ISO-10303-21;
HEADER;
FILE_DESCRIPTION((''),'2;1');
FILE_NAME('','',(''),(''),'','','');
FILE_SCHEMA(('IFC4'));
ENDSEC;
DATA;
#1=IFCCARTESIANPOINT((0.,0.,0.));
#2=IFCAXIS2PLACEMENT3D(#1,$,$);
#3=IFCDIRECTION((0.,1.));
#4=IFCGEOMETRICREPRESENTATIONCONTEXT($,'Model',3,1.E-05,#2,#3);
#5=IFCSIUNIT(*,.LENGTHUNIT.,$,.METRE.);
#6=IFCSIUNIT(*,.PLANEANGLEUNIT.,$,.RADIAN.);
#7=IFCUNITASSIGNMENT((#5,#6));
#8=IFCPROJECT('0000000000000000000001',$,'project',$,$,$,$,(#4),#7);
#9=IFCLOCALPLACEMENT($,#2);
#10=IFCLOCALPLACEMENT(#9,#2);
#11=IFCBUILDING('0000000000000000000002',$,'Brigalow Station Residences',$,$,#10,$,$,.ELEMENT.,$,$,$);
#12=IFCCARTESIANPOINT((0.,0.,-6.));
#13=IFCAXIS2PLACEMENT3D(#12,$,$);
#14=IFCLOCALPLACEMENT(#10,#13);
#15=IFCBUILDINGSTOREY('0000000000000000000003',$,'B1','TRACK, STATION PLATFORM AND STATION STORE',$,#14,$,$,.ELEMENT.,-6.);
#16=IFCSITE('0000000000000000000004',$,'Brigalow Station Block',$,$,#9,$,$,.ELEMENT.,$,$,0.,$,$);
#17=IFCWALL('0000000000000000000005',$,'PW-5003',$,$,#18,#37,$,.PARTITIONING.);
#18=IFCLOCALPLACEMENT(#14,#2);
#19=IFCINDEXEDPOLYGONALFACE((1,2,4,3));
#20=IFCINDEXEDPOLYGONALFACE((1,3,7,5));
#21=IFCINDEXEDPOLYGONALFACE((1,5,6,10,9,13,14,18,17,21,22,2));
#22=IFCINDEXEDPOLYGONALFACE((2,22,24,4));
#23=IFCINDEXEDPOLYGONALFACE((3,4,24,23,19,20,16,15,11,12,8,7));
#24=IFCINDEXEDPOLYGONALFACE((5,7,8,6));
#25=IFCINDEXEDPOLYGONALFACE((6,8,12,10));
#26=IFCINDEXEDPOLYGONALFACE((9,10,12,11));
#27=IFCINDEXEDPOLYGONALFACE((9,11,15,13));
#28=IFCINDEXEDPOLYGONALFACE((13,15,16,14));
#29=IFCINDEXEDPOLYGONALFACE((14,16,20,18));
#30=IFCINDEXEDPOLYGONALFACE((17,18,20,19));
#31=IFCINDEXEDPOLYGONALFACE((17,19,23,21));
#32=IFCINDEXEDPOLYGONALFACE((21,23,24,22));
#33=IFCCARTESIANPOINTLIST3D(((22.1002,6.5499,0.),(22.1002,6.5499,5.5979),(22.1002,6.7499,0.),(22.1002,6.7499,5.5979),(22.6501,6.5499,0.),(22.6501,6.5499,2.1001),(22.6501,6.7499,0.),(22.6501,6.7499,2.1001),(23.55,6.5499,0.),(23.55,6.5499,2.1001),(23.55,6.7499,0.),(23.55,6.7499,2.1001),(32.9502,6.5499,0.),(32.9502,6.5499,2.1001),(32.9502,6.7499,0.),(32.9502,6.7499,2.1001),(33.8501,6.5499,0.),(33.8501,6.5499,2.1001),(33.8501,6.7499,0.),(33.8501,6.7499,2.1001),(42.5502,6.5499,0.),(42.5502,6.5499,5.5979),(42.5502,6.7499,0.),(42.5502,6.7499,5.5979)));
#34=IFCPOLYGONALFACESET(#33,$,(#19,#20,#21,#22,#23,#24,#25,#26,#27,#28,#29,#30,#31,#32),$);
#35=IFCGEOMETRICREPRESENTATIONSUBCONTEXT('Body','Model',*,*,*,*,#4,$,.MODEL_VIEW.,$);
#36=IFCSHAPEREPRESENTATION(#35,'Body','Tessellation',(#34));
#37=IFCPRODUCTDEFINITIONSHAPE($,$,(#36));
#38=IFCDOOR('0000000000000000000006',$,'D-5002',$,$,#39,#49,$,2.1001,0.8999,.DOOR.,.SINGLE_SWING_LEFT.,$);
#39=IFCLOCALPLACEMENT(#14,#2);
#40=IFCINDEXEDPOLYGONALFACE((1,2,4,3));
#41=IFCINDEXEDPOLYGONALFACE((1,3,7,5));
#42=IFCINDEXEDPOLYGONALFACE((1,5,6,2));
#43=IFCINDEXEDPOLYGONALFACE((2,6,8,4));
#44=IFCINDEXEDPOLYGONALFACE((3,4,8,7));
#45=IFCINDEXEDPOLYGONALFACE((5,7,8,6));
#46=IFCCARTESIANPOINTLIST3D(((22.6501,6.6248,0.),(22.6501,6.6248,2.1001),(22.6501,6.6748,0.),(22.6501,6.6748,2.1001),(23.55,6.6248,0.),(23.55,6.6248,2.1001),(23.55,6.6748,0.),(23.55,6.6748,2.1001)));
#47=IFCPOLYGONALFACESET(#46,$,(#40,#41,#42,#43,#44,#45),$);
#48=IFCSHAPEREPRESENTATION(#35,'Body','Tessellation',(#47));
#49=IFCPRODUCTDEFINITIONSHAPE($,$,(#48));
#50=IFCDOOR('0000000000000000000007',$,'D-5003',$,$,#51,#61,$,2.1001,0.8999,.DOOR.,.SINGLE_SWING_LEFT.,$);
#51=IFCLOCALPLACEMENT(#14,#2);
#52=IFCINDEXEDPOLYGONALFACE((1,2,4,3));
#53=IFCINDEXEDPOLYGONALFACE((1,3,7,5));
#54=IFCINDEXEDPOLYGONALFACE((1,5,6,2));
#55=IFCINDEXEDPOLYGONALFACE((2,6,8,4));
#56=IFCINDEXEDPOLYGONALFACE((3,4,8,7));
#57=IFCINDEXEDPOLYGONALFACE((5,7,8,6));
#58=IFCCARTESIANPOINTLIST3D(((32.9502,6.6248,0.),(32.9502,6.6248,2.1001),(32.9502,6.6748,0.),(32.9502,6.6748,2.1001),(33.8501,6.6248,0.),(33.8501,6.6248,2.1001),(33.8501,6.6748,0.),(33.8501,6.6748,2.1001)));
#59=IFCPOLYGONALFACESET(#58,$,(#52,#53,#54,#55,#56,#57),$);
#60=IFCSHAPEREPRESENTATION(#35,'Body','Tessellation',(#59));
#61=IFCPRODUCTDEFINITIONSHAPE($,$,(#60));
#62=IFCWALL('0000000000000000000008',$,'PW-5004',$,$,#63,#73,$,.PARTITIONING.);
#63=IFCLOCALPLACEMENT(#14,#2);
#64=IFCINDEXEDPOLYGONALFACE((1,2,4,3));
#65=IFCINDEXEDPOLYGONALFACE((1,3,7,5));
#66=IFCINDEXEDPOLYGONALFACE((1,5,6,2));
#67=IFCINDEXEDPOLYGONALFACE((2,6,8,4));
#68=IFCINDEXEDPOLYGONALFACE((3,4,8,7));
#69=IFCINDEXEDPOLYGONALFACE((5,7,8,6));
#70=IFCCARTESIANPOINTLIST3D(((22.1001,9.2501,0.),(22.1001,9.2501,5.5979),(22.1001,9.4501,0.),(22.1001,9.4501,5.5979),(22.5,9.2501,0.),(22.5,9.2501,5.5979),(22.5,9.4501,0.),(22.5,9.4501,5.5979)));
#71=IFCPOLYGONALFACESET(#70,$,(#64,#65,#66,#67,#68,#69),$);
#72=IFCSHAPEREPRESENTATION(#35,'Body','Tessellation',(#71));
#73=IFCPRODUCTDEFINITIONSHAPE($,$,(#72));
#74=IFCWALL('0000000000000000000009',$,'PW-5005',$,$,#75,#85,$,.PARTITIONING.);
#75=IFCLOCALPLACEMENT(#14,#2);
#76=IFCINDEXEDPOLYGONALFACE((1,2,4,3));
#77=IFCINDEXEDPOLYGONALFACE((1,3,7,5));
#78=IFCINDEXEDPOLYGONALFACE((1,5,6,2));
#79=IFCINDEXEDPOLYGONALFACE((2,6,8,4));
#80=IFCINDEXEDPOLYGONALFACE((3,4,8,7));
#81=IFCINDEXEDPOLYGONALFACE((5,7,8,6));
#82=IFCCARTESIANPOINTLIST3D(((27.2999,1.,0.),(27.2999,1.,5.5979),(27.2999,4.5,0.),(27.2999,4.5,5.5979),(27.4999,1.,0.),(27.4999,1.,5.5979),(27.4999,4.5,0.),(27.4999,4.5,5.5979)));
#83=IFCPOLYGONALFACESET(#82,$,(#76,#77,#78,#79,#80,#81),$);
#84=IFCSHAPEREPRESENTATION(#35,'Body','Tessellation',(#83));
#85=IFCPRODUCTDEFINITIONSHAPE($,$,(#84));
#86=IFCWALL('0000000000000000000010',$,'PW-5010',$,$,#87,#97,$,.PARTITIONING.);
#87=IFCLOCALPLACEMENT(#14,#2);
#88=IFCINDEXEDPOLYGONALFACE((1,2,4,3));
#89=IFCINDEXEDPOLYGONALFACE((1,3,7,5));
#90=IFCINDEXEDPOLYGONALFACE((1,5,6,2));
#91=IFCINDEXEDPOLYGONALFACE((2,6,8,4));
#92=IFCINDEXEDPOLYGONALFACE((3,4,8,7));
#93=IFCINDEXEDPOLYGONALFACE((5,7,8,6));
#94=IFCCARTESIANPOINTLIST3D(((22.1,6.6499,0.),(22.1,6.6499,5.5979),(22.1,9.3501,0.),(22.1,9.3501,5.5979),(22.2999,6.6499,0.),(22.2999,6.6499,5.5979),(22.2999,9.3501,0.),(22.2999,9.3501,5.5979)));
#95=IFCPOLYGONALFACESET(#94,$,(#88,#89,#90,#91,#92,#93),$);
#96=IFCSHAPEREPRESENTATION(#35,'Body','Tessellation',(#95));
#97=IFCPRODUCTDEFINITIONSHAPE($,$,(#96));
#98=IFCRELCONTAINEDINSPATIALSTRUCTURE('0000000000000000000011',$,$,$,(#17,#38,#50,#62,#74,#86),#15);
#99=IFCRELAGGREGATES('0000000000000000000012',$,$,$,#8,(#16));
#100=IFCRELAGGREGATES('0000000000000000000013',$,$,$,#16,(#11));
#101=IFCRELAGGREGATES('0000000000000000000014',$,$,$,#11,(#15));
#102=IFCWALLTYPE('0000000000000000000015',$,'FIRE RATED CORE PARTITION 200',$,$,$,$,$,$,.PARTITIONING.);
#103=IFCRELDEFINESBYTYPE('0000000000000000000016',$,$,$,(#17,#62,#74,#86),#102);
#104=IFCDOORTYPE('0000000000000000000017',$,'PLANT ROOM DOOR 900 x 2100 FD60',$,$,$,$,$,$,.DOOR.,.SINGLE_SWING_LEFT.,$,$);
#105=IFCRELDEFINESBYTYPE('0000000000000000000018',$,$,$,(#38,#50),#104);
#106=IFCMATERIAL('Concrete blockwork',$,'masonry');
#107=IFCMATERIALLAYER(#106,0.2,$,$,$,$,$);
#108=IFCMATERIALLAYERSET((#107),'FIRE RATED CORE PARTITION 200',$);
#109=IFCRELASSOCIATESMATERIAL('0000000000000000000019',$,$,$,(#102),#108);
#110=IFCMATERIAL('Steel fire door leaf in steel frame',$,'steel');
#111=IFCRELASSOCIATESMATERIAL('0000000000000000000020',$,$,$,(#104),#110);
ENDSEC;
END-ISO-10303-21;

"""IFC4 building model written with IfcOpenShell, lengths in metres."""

from ifc_helpers import new_model, si_unit, direction, frame, frame_2d, origin, place, context, subcontext, project, spatial, rectangle, extrude, material, layer, layer_set, type_object, element, fill, save


model = new_model("IFC4")

# Units and contexts
model_context = context("Model", 3, precision=1e-05, world=origin(), true_north=direction((0.0, 1.0)))
body_context = subcontext(model_context, "Body", "Model", "MODEL_VIEW")
ifc_project = project(units=[si_unit("LENGTHUNIT", "METRE"), si_unit("PLANEANGLEUNIT", "RADIAN")], contexts=[model_context])

# Site, building, storey
site_placement = place(None, origin())
site = spatial("IfcSite", under=ifc_project, at=site_placement, Name="Brigalow Station Block", CompositionType="ELEMENT", RefElevation=0.0)
building_placement = place(site_placement, origin())
building = spatial("IfcBuilding", under=site, at=building_placement, Name="Brigalow Station Residences", CompositionType="ELEMENT")
storey_placement = place(building_placement, frame((0.0, 0.0, -6.0)))
storey = spatial("IfcBuildingStorey", under=building, at=storey_placement, Name="B1", Description="TRACK, STATION PLATFORM AND STATION STORE", CompositionType="ELEMENT", Elevation=-6.0)

# Wall, openings, doors
ifc_material_1 = material(Name="Concrete blockwork", Category="masonry")
ifc_layer_1 = layer(ifc_material_1, 0.2)
ifc_layer_set_1 = layer_set([ifc_layer_1], Name="FIRE RATED CORE PARTITION 200")
wall_type_1 = type_object("IfcWallType", Name="FIRE RATED CORE PARTITION 200", PredefinedType="PARTITIONING", material=ifc_layer_set_1)
ifc_material_2 = material(Name="Steel fire door leaf in steel frame", Category="steel")
door_type_1 = type_object("IfcDoorType", Name="PLANT ROOM DOOR 900 x 2100 FD60", OperationType="SINGLE_SWING_LEFT", PredefinedType="DOOR", material=ifc_material_2)
wall_1_placement = place(storey_placement, frame((22.1001, 6.6499, 0.0), z_axis=(0.0, 0.0, 1.0), x_axis=(1.0, 0.0, 0.0)))
wall_1 = element("IfcWall", 1, at=wall_1_placement, inside=storey, type_object=wall_type_1, Name="PW-5003", PredefinedType="PARTITIONING", context=body_context, shape_type="SweptSolid", body=[
    extrude(rectangle(XDim=20.45, YDim=0.2, at=frame_2d((10.2251, 0.0))), origin(), (0.0, 0.0, 1.0), 5.5979),
])
opening_1_placement = place(wall_1_placement, frame((0.55, 0.0, 0.0)))
opening_1 = element("IfcOpeningElement", 2, at=opening_1_placement, cuts=wall_1, PredefinedType="OPENING", context=body_context, shape_type="SweptSolid", body=[
    extrude(rectangle(XDim=0.8999, YDim=2.1001, at=frame_2d((0.45, 1.05))), frame((0.0, 0.1099, 0.0), z_axis=(0.0, -1.0, 0.0), x_axis=(1.0, 0.0, 0.0)), (0.0, 0.0, 1.0), 0.22),
])
opening_2_placement = place(wall_1_placement, frame((10.8501, 0.0, 0.0)))
opening_2 = element("IfcOpeningElement", 3, at=opening_2_placement, cuts=wall_1, PredefinedType="OPENING", context=body_context, shape_type="SweptSolid", body=[
    extrude(rectangle(XDim=0.8999, YDim=2.1001, at=frame_2d((0.45, 1.05))), frame((0.0, 0.1099, 0.0), z_axis=(0.0, -1.0, 0.0), x_axis=(1.0, 0.0, 0.0)), (0.0, 0.0, 1.0), 0.22),
])
door_1_placement = place(opening_1_placement, origin())
door_1 = element("IfcDoor", 4, at=door_1_placement, inside=storey, type_object=door_type_1, Name="D-5002", OperationType="SINGLE_SWING_LEFT", OverallHeight=2.1001, OverallWidth=0.8999, PredefinedType="DOOR", context=body_context, shape_type="SweptSolid", body=[
    extrude(rectangle(XDim=0.8999, YDim=2.1001, at=frame_2d((0.45, 1.05))), frame((0.0, 0.0249, 0.0), z_axis=(0.0, -1.0, 0.0), x_axis=(1.0, 0.0, 0.0)), (0.0, 0.0, 1.0), 0.05),
])
fill(opening_1, door_1)
door_2_placement = place(opening_2_placement, origin())
door_2 = element("IfcDoor", 5, at=door_2_placement, inside=storey, type_object=door_type_1, Name="D-5003", OperationType="SINGLE_SWING_LEFT", OverallHeight=2.1001, OverallWidth=0.8999, PredefinedType="DOOR", context=body_context, shape_type="SweptSolid", body=[
    extrude(rectangle(XDim=0.8999, YDim=2.1001, at=frame_2d((0.45, 1.05))), frame((0.0, 0.0249, 0.0), z_axis=(0.0, -1.0, 0.0), x_axis=(1.0, 0.0, 0.0)), (0.0, 0.0, 1.0), 0.05),
])
fill(opening_2, door_2)

# Walls
wall_2_placement = place(storey_placement, frame((22.1001, 9.3501, 0.0), z_axis=(0.0, 0.0, 1.0), x_axis=(1.0, 0.0, 0.0)))
element("IfcWall", 6, at=wall_2_placement, inside=storey, type_object=wall_type_1, Name="PW-5004", PredefinedType="PARTITIONING", context=body_context, shape_type="SweptSolid", body=[
    extrude(rectangle(XDim=0.3999, YDim=0.2, at=frame_2d((0.2, 0.0))), origin(), (0.0, 0.0, 1.0), 5.5979),
])
wall_3_placement = place(storey_placement, frame((27.3999, 1.0, 0.0), z_axis=(0.0, 0.0, 1.0), x_axis=(0.0, 1.0, 0.0)))
element("IfcWall", 7, at=wall_3_placement, inside=storey, type_object=wall_type_1, Name="PW-5005", PredefinedType="PARTITIONING", context=body_context, shape_type="SweptSolid", body=[
    extrude(rectangle(XDim=3.5, YDim=0.2, at=frame_2d((1.75, 0.0))), origin(), (0.0, 0.0, 1.0), 5.5979),
])
wall_4_placement = place(storey_placement, frame((22.2, 6.6499, 0.0), z_axis=(0.0, 0.0, 1.0), x_axis=(0.0, 1.0, 0.0)))
element("IfcWall", 8, at=wall_4_placement, inside=storey, type_object=wall_type_1, Name="PW-5010", PredefinedType="PARTITIONING", context=body_context, shape_type="SweptSolid", body=[
    extrude(rectangle(XDim=2.7002, YDim=0.2, at=frame_2d((1.3501, 0.0))), origin(), (0.0, 0.0, 1.0), 5.5979),
])

save(model, "model.ifc")
